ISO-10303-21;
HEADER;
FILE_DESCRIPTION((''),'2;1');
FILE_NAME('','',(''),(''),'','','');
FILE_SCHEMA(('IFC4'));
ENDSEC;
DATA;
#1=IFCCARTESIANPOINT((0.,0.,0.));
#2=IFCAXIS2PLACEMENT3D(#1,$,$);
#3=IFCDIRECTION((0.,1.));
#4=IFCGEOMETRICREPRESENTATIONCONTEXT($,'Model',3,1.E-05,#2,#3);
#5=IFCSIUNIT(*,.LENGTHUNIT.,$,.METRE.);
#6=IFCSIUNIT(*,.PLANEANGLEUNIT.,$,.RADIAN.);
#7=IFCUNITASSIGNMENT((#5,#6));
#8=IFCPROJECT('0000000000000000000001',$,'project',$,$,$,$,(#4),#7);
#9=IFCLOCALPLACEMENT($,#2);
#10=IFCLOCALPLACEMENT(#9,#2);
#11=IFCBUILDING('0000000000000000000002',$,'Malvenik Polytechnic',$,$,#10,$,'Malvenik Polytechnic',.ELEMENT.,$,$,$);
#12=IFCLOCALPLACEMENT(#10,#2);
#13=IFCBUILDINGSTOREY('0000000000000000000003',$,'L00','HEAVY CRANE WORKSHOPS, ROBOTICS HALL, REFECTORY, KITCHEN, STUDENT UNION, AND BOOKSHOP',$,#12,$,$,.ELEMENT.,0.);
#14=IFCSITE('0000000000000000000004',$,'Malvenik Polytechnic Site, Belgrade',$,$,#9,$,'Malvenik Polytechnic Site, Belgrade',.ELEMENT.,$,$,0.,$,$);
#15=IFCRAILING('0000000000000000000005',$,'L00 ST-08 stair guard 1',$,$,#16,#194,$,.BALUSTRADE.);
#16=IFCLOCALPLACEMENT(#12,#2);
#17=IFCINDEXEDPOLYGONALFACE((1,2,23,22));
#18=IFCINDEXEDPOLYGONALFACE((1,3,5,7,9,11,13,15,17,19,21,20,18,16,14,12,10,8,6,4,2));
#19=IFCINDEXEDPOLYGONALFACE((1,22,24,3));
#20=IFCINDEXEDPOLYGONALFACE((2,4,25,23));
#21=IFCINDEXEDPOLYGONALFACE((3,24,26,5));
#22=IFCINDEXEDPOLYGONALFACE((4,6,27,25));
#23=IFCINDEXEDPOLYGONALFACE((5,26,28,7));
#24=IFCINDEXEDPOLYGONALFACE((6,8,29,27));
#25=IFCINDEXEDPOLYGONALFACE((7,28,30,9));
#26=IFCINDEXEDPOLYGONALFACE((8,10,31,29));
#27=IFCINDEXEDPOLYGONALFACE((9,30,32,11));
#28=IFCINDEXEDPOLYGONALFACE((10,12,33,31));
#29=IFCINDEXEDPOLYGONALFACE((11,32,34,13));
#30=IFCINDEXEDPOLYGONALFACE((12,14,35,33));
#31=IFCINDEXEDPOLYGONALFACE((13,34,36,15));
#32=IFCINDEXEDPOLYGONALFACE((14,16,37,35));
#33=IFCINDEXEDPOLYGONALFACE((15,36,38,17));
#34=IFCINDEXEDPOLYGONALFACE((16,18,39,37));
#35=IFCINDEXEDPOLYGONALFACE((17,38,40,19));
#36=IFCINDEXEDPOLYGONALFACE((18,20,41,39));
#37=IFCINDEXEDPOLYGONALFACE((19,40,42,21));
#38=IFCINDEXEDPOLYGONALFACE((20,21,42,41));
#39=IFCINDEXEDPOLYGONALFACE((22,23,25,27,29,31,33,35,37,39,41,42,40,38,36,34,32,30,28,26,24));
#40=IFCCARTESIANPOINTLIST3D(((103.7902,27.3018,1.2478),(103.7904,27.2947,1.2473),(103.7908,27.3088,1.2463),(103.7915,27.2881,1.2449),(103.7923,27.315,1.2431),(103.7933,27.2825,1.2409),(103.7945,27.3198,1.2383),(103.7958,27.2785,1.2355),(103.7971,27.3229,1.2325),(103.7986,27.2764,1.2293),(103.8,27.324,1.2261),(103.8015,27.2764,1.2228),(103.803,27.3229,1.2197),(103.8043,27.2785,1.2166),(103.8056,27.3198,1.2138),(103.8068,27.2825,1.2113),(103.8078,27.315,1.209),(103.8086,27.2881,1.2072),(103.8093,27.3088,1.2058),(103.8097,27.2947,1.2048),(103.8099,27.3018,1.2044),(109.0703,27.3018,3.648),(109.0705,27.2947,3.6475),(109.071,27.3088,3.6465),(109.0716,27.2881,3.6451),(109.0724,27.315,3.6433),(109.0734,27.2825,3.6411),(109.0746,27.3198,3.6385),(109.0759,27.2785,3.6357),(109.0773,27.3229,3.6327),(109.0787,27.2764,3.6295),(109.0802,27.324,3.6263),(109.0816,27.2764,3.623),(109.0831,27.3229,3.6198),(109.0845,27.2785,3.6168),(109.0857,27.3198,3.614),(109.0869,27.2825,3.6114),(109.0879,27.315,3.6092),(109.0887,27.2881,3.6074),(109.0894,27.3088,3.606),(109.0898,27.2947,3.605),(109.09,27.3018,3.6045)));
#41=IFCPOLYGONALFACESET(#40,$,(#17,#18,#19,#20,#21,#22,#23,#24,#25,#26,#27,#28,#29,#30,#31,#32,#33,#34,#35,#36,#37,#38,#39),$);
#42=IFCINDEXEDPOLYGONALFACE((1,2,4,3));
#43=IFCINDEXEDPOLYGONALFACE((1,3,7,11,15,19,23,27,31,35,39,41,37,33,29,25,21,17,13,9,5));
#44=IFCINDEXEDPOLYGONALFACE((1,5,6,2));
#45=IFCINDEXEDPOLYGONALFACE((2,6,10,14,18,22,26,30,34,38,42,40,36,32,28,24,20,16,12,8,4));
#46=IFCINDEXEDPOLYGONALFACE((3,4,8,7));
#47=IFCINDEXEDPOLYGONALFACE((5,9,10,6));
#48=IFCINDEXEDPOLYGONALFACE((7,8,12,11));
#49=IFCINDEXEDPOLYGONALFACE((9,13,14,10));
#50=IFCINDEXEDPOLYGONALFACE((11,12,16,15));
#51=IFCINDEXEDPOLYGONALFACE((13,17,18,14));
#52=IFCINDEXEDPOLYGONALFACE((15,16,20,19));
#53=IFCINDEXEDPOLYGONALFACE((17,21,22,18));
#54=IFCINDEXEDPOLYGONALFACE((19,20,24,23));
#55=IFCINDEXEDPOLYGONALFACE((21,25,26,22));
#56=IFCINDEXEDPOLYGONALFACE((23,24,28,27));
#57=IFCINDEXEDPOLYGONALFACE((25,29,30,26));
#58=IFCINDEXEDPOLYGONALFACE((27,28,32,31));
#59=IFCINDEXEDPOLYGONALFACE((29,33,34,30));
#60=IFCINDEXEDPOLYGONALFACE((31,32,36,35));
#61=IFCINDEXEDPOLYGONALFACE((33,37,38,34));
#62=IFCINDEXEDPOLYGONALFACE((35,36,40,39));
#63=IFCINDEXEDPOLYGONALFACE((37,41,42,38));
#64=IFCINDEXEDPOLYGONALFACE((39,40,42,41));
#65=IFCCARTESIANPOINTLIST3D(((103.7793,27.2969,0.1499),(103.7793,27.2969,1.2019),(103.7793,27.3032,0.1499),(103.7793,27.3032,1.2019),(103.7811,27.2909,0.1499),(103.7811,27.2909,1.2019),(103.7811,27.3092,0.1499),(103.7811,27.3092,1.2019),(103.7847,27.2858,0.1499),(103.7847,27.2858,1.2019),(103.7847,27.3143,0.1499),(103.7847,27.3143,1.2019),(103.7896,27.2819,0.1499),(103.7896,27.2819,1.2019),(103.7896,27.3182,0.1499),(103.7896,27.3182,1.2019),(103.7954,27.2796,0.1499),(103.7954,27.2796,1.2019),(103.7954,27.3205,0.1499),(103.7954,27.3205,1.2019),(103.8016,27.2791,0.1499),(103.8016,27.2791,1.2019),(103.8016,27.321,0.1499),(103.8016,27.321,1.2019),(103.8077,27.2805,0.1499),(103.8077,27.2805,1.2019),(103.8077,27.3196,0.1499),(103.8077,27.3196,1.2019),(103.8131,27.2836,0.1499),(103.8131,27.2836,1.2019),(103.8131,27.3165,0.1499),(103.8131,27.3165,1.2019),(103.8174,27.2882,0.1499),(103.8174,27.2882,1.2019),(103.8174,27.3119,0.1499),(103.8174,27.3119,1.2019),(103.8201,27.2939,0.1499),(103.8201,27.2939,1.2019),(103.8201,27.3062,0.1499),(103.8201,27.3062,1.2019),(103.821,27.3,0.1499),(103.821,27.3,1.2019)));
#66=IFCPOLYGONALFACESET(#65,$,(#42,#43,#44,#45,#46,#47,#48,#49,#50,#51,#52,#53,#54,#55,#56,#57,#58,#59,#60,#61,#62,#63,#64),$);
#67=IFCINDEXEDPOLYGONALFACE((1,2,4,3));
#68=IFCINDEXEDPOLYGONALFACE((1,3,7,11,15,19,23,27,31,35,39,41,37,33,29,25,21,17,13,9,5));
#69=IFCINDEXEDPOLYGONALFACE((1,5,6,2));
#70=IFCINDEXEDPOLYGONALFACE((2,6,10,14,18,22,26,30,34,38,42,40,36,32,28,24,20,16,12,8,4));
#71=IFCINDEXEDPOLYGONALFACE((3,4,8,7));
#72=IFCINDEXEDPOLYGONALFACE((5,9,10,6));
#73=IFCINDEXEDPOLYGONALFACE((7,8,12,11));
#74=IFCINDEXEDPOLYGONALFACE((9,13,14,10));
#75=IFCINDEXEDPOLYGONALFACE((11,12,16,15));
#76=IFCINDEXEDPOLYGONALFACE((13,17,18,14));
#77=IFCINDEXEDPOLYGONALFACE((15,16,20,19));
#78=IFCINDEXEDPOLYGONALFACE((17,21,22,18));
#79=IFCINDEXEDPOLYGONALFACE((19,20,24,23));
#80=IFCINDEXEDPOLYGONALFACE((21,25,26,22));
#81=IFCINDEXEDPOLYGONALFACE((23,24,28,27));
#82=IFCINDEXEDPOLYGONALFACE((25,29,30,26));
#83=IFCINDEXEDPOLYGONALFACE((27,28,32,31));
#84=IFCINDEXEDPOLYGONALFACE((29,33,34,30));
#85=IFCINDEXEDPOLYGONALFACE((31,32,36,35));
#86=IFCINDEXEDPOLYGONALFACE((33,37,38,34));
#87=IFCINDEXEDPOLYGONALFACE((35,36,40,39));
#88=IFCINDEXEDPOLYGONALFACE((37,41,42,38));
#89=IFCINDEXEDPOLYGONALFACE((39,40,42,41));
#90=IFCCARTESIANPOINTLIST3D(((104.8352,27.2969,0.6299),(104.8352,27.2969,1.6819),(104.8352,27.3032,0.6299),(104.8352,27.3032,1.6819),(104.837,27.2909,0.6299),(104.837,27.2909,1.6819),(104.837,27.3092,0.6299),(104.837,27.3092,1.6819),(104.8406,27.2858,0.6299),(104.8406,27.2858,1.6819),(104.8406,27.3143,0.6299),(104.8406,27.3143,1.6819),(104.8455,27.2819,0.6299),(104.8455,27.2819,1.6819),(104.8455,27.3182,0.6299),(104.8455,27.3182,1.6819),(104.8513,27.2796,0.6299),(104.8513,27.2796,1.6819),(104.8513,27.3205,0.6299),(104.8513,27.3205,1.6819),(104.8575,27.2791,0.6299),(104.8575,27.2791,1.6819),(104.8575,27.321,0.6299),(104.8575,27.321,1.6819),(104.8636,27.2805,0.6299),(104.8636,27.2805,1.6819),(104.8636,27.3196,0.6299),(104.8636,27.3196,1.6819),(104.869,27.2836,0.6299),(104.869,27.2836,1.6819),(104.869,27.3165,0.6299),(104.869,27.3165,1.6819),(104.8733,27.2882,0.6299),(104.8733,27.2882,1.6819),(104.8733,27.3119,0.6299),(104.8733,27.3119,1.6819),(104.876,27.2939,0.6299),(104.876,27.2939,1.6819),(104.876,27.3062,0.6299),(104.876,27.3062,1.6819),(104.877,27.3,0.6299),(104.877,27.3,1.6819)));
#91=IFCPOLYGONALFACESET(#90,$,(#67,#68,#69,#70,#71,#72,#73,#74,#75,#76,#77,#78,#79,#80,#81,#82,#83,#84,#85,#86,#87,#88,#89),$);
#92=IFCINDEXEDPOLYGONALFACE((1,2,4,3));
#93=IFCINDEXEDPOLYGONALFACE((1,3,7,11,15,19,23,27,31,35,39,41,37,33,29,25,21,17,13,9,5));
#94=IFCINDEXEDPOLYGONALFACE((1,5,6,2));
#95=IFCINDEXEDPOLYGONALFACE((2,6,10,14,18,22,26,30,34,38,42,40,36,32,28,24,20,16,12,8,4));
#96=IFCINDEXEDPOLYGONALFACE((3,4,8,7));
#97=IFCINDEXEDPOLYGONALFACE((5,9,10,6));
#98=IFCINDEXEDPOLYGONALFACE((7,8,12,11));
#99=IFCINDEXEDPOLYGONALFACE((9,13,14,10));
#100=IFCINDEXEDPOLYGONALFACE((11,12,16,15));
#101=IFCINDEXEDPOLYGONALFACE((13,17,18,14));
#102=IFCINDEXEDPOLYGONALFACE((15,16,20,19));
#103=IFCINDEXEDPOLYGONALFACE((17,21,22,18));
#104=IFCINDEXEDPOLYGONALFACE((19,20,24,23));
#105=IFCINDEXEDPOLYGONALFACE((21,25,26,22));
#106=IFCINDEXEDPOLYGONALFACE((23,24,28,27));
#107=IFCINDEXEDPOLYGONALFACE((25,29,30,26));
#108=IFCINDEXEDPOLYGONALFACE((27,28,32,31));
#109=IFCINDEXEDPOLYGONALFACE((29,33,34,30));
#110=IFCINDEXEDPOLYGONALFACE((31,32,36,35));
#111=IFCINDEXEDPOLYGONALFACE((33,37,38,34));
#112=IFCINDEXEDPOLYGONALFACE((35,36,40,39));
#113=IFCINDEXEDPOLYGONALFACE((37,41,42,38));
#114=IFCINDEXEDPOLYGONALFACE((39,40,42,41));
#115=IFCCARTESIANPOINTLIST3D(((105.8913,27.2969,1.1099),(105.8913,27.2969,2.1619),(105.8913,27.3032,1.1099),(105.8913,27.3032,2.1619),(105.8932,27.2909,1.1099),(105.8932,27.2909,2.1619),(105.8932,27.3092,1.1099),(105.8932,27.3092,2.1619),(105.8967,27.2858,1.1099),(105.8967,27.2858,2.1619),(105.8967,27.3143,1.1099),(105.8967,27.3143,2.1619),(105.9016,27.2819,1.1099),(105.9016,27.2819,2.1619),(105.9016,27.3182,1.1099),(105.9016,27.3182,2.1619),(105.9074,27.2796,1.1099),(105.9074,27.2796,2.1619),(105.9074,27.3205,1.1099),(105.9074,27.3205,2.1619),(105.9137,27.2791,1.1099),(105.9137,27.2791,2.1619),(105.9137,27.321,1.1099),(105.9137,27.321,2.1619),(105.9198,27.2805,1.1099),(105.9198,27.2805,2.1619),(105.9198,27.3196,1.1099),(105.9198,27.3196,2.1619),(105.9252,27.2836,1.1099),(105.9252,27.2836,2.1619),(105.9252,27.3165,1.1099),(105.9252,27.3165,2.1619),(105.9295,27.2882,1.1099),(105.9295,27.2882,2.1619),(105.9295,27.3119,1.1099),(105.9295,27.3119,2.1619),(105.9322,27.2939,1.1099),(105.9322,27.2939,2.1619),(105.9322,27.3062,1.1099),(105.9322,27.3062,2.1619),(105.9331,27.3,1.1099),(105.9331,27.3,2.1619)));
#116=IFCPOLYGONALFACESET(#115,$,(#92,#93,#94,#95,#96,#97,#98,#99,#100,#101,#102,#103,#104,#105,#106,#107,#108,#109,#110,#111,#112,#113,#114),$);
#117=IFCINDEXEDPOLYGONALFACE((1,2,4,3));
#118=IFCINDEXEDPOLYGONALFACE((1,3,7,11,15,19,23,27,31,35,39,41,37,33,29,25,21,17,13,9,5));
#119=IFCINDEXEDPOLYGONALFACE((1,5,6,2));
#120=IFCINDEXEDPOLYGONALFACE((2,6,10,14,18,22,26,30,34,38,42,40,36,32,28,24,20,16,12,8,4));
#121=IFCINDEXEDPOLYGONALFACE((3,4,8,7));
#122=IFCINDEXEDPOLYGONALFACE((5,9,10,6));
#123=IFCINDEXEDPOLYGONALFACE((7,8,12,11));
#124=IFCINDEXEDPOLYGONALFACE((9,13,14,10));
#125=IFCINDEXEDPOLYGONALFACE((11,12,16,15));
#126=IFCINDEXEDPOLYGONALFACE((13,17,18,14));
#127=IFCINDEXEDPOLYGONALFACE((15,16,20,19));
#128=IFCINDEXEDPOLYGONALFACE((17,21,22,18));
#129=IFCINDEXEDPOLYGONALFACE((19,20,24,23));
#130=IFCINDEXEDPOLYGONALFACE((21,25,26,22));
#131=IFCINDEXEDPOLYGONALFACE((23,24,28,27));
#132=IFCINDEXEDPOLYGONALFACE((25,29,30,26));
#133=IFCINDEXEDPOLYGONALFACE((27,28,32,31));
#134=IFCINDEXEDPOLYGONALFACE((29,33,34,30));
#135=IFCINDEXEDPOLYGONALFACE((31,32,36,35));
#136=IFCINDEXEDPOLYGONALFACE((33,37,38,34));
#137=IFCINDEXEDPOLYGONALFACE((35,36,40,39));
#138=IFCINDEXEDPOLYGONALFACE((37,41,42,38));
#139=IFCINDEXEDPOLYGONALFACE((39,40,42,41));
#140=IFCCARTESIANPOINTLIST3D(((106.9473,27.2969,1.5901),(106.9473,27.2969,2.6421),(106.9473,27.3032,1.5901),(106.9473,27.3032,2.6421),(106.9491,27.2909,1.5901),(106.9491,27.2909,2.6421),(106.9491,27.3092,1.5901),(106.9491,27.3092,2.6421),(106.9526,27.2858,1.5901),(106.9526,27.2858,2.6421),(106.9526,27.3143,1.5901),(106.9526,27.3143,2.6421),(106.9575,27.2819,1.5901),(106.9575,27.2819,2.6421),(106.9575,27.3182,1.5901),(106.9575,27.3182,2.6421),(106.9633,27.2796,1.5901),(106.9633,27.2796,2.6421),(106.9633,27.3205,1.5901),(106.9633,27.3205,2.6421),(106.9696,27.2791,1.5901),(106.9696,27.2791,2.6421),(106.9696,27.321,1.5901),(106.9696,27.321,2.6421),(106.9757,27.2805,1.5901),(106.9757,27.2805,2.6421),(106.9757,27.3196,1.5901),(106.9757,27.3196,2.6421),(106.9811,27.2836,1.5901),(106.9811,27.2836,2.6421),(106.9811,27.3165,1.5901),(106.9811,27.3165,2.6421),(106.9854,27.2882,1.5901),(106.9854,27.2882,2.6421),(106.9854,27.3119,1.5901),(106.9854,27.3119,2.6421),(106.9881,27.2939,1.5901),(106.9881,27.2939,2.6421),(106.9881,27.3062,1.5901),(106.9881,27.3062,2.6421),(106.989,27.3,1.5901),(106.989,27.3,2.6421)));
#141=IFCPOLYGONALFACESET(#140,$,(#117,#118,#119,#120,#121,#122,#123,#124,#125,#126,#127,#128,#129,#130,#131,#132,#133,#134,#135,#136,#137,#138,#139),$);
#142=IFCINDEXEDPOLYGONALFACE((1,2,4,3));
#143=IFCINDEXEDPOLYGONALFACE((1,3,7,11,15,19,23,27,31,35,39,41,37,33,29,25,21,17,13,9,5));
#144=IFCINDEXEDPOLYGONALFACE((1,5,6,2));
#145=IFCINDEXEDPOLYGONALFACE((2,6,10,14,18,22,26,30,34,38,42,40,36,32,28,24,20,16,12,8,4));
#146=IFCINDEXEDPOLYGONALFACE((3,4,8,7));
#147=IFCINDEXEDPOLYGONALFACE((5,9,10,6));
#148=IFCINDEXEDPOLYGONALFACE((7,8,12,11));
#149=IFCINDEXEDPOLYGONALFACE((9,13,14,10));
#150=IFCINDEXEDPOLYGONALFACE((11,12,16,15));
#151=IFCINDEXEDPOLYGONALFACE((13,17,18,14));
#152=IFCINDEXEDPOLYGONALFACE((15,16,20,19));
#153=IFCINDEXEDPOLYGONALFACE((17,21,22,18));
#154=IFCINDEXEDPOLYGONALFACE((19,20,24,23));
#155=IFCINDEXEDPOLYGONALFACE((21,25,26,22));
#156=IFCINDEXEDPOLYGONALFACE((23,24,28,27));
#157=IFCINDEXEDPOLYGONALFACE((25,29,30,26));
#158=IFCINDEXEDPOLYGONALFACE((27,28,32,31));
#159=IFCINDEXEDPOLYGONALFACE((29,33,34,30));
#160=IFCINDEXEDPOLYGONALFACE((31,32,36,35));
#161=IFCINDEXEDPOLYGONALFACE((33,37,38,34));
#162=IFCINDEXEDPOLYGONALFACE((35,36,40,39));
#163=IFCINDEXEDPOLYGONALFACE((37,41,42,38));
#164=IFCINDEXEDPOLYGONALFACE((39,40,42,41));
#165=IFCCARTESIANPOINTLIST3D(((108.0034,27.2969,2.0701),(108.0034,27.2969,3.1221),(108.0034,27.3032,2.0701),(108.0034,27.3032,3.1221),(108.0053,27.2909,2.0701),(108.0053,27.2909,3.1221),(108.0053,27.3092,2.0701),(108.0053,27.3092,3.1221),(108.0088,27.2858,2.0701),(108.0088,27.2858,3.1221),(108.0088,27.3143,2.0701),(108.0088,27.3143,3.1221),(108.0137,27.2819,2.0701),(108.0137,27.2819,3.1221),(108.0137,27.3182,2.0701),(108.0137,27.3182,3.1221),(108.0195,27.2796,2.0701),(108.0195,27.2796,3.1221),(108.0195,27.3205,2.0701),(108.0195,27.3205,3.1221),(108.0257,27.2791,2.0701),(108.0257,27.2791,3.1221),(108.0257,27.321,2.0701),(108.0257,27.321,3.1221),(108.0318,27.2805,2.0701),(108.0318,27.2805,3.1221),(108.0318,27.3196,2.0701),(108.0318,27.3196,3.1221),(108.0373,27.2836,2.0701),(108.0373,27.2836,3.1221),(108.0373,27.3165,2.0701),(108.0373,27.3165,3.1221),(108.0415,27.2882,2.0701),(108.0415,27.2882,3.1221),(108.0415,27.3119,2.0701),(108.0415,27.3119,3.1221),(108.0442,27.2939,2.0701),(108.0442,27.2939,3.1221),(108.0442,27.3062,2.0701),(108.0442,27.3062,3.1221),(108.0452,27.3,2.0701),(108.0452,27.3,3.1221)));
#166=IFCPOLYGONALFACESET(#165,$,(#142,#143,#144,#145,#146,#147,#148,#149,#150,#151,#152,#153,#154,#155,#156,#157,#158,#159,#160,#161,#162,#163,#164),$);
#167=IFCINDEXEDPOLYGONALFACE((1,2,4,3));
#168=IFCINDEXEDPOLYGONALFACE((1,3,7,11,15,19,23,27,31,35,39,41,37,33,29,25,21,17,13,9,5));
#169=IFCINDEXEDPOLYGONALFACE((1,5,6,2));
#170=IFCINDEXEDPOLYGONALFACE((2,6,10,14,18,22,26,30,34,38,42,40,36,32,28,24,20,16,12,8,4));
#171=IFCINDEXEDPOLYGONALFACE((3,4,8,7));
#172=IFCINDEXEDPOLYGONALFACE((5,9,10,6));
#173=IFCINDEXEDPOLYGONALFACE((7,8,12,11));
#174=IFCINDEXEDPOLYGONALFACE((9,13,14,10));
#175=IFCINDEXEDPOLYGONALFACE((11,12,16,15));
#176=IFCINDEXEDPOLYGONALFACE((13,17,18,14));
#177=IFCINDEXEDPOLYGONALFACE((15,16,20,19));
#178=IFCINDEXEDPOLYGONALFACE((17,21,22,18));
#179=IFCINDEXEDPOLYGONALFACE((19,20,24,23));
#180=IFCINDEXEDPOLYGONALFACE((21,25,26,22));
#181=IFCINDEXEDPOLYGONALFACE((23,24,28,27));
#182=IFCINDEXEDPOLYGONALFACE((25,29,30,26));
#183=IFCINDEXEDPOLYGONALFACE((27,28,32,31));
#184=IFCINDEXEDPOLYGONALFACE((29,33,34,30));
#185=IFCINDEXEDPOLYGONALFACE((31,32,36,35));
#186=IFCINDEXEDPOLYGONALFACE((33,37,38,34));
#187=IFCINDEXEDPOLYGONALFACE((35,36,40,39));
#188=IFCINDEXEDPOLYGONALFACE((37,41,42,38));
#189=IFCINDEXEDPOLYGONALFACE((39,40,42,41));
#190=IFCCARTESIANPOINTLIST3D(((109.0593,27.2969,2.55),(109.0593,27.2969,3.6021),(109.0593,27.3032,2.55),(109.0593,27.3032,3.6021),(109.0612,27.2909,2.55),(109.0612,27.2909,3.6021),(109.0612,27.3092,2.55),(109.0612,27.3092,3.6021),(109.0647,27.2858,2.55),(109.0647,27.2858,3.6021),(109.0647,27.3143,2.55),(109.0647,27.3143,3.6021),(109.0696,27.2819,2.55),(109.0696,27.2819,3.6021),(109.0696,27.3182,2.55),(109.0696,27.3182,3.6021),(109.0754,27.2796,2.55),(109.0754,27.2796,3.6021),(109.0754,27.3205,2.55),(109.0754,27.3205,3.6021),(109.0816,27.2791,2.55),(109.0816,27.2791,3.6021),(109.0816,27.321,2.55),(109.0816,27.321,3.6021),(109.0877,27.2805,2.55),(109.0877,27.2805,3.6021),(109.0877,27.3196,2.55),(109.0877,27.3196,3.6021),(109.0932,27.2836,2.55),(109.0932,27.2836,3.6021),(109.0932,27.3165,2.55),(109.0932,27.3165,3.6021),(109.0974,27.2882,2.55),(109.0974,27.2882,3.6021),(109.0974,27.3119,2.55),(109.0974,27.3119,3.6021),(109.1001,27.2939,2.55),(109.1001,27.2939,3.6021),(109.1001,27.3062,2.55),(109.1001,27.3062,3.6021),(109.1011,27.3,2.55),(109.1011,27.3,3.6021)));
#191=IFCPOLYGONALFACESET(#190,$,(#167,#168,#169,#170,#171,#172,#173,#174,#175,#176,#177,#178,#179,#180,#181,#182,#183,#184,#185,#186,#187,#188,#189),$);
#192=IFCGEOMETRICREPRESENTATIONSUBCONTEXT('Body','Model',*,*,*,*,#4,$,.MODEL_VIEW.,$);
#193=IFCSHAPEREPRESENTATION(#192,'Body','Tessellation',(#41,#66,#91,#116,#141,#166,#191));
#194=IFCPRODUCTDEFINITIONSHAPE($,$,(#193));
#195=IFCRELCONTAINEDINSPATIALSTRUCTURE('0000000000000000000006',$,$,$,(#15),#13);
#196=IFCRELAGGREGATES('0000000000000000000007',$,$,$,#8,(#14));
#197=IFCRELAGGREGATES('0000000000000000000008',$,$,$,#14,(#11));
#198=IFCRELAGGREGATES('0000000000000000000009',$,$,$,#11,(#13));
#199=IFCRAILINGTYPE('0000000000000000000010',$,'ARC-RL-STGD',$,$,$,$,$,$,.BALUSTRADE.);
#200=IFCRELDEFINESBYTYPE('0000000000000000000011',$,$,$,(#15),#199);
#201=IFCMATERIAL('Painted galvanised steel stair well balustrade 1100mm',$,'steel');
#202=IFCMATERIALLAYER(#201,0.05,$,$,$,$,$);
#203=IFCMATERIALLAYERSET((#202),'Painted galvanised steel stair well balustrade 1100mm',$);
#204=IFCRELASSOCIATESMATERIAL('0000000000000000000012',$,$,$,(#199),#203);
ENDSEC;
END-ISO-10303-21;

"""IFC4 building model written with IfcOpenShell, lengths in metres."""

from ifc_helpers import new_model, si_unit, direction, frame, origin, origin_2d, place, context, subcontext, project, spatial, circle, extrude, material, layer, layer_set, type_object, element, save


model = new_model("IFC4")

# Units and contexts
model_context = context("Model", 3, precision=1e-05, world=origin(), true_north=direction((0.0, 1.0)))
body_context = subcontext(model_context, "Body", "Model", "MODEL_VIEW")
ifc_project = project(units=[si_unit("LENGTHUNIT", "METRE"), si_unit("PLANEANGLEUNIT", "RADIAN")], contexts=[model_context])

# Site, building, storey
site_placement = place(None, origin())
site = spatial("IfcSite", under=ifc_project, at=site_placement, Name="Malvenik Polytechnic Site, Belgrade", LongName="Malvenik Polytechnic Site, Belgrade", CompositionType="ELEMENT", RefElevation=0.0)
building_placement = place(site_placement, origin())
building = spatial("IfcBuilding", under=site, at=building_placement, Name="Malvenik Polytechnic", LongName="Malvenik Polytechnic", CompositionType="ELEMENT")
storey_placement = place(building_placement, origin())
storey = spatial("IfcBuildingStorey", under=building, at=storey_placement, Name="L00", Description="HEAVY CRANE WORKSHOPS, ROBOTICS HALL, REFECTORY, KITCHEN, STUDENT UNION, AND BOOKSHOP", CompositionType="ELEMENT", Elevation=0.0)

# Railing
ifc_material_1 = material(Name="Painted galvanised steel stair well balustrade 1100mm", Category="steel")
ifc_layer_1 = layer(ifc_material_1, 0.05)
ifc_layer_set_1 = layer_set([ifc_layer_1], Name="Painted galvanised steel stair well balustrade 1100mm")
railing_type_1 = type_object("IfcRailingType", Name="ARC-RL-STGD", PredefinedType="BALUSTRADE", material=ifc_layer_set_1)
railing_1_placement = place(storey_placement, frame((103.8, 27.3, 0.1499)))
element("IfcRailing", 1, at=railing_1_placement, inside=storey, type_object=railing_type_1, Name="L00 ST-08 stair guard 1", PredefinedType="BALUSTRADE", context=body_context, shape_type="SweptSolid", body=[
    extrude(circle(Radius=0.0239, at=origin_2d()), frame((0.0, 0.0, 1.0762), z_axis=(0.910358, 0.0, 0.413822), x_axis=(0.0, 1.0, 0.0)), (0.0, 0.0, 1.0), 5.8),
    extrude(circle(Radius=0.021, at=origin_2d()), origin(), (0.0, 0.0, 1.0), 1.052),
    extrude(circle(Radius=0.021, at=origin_2d()), frame((1.0559, 0.0, 0.48)), (0.0, 0.0, 1.0), 1.052),
    extrude(circle(Radius=0.021, at=origin_2d()), frame((2.1121, 0.0, 0.96)), (0.0, 0.0, 1.0), 1.052),
    extrude(circle(Radius=0.021, at=origin_2d()), frame((3.168, 0.0, 1.4402)), (0.0, 0.0, 1.0), 1.052),
    extrude(circle(Radius=0.021, at=origin_2d()), frame((4.2241, 0.0, 1.9202)), (0.0, 0.0, 1.0), 1.052),
    extrude(circle(Radius=0.021, at=origin_2d()), frame((5.28, 0.0, 2.4001)), (0.0, 0.0, 1.0), 1.052),
])

save(model, "model.ifc")
